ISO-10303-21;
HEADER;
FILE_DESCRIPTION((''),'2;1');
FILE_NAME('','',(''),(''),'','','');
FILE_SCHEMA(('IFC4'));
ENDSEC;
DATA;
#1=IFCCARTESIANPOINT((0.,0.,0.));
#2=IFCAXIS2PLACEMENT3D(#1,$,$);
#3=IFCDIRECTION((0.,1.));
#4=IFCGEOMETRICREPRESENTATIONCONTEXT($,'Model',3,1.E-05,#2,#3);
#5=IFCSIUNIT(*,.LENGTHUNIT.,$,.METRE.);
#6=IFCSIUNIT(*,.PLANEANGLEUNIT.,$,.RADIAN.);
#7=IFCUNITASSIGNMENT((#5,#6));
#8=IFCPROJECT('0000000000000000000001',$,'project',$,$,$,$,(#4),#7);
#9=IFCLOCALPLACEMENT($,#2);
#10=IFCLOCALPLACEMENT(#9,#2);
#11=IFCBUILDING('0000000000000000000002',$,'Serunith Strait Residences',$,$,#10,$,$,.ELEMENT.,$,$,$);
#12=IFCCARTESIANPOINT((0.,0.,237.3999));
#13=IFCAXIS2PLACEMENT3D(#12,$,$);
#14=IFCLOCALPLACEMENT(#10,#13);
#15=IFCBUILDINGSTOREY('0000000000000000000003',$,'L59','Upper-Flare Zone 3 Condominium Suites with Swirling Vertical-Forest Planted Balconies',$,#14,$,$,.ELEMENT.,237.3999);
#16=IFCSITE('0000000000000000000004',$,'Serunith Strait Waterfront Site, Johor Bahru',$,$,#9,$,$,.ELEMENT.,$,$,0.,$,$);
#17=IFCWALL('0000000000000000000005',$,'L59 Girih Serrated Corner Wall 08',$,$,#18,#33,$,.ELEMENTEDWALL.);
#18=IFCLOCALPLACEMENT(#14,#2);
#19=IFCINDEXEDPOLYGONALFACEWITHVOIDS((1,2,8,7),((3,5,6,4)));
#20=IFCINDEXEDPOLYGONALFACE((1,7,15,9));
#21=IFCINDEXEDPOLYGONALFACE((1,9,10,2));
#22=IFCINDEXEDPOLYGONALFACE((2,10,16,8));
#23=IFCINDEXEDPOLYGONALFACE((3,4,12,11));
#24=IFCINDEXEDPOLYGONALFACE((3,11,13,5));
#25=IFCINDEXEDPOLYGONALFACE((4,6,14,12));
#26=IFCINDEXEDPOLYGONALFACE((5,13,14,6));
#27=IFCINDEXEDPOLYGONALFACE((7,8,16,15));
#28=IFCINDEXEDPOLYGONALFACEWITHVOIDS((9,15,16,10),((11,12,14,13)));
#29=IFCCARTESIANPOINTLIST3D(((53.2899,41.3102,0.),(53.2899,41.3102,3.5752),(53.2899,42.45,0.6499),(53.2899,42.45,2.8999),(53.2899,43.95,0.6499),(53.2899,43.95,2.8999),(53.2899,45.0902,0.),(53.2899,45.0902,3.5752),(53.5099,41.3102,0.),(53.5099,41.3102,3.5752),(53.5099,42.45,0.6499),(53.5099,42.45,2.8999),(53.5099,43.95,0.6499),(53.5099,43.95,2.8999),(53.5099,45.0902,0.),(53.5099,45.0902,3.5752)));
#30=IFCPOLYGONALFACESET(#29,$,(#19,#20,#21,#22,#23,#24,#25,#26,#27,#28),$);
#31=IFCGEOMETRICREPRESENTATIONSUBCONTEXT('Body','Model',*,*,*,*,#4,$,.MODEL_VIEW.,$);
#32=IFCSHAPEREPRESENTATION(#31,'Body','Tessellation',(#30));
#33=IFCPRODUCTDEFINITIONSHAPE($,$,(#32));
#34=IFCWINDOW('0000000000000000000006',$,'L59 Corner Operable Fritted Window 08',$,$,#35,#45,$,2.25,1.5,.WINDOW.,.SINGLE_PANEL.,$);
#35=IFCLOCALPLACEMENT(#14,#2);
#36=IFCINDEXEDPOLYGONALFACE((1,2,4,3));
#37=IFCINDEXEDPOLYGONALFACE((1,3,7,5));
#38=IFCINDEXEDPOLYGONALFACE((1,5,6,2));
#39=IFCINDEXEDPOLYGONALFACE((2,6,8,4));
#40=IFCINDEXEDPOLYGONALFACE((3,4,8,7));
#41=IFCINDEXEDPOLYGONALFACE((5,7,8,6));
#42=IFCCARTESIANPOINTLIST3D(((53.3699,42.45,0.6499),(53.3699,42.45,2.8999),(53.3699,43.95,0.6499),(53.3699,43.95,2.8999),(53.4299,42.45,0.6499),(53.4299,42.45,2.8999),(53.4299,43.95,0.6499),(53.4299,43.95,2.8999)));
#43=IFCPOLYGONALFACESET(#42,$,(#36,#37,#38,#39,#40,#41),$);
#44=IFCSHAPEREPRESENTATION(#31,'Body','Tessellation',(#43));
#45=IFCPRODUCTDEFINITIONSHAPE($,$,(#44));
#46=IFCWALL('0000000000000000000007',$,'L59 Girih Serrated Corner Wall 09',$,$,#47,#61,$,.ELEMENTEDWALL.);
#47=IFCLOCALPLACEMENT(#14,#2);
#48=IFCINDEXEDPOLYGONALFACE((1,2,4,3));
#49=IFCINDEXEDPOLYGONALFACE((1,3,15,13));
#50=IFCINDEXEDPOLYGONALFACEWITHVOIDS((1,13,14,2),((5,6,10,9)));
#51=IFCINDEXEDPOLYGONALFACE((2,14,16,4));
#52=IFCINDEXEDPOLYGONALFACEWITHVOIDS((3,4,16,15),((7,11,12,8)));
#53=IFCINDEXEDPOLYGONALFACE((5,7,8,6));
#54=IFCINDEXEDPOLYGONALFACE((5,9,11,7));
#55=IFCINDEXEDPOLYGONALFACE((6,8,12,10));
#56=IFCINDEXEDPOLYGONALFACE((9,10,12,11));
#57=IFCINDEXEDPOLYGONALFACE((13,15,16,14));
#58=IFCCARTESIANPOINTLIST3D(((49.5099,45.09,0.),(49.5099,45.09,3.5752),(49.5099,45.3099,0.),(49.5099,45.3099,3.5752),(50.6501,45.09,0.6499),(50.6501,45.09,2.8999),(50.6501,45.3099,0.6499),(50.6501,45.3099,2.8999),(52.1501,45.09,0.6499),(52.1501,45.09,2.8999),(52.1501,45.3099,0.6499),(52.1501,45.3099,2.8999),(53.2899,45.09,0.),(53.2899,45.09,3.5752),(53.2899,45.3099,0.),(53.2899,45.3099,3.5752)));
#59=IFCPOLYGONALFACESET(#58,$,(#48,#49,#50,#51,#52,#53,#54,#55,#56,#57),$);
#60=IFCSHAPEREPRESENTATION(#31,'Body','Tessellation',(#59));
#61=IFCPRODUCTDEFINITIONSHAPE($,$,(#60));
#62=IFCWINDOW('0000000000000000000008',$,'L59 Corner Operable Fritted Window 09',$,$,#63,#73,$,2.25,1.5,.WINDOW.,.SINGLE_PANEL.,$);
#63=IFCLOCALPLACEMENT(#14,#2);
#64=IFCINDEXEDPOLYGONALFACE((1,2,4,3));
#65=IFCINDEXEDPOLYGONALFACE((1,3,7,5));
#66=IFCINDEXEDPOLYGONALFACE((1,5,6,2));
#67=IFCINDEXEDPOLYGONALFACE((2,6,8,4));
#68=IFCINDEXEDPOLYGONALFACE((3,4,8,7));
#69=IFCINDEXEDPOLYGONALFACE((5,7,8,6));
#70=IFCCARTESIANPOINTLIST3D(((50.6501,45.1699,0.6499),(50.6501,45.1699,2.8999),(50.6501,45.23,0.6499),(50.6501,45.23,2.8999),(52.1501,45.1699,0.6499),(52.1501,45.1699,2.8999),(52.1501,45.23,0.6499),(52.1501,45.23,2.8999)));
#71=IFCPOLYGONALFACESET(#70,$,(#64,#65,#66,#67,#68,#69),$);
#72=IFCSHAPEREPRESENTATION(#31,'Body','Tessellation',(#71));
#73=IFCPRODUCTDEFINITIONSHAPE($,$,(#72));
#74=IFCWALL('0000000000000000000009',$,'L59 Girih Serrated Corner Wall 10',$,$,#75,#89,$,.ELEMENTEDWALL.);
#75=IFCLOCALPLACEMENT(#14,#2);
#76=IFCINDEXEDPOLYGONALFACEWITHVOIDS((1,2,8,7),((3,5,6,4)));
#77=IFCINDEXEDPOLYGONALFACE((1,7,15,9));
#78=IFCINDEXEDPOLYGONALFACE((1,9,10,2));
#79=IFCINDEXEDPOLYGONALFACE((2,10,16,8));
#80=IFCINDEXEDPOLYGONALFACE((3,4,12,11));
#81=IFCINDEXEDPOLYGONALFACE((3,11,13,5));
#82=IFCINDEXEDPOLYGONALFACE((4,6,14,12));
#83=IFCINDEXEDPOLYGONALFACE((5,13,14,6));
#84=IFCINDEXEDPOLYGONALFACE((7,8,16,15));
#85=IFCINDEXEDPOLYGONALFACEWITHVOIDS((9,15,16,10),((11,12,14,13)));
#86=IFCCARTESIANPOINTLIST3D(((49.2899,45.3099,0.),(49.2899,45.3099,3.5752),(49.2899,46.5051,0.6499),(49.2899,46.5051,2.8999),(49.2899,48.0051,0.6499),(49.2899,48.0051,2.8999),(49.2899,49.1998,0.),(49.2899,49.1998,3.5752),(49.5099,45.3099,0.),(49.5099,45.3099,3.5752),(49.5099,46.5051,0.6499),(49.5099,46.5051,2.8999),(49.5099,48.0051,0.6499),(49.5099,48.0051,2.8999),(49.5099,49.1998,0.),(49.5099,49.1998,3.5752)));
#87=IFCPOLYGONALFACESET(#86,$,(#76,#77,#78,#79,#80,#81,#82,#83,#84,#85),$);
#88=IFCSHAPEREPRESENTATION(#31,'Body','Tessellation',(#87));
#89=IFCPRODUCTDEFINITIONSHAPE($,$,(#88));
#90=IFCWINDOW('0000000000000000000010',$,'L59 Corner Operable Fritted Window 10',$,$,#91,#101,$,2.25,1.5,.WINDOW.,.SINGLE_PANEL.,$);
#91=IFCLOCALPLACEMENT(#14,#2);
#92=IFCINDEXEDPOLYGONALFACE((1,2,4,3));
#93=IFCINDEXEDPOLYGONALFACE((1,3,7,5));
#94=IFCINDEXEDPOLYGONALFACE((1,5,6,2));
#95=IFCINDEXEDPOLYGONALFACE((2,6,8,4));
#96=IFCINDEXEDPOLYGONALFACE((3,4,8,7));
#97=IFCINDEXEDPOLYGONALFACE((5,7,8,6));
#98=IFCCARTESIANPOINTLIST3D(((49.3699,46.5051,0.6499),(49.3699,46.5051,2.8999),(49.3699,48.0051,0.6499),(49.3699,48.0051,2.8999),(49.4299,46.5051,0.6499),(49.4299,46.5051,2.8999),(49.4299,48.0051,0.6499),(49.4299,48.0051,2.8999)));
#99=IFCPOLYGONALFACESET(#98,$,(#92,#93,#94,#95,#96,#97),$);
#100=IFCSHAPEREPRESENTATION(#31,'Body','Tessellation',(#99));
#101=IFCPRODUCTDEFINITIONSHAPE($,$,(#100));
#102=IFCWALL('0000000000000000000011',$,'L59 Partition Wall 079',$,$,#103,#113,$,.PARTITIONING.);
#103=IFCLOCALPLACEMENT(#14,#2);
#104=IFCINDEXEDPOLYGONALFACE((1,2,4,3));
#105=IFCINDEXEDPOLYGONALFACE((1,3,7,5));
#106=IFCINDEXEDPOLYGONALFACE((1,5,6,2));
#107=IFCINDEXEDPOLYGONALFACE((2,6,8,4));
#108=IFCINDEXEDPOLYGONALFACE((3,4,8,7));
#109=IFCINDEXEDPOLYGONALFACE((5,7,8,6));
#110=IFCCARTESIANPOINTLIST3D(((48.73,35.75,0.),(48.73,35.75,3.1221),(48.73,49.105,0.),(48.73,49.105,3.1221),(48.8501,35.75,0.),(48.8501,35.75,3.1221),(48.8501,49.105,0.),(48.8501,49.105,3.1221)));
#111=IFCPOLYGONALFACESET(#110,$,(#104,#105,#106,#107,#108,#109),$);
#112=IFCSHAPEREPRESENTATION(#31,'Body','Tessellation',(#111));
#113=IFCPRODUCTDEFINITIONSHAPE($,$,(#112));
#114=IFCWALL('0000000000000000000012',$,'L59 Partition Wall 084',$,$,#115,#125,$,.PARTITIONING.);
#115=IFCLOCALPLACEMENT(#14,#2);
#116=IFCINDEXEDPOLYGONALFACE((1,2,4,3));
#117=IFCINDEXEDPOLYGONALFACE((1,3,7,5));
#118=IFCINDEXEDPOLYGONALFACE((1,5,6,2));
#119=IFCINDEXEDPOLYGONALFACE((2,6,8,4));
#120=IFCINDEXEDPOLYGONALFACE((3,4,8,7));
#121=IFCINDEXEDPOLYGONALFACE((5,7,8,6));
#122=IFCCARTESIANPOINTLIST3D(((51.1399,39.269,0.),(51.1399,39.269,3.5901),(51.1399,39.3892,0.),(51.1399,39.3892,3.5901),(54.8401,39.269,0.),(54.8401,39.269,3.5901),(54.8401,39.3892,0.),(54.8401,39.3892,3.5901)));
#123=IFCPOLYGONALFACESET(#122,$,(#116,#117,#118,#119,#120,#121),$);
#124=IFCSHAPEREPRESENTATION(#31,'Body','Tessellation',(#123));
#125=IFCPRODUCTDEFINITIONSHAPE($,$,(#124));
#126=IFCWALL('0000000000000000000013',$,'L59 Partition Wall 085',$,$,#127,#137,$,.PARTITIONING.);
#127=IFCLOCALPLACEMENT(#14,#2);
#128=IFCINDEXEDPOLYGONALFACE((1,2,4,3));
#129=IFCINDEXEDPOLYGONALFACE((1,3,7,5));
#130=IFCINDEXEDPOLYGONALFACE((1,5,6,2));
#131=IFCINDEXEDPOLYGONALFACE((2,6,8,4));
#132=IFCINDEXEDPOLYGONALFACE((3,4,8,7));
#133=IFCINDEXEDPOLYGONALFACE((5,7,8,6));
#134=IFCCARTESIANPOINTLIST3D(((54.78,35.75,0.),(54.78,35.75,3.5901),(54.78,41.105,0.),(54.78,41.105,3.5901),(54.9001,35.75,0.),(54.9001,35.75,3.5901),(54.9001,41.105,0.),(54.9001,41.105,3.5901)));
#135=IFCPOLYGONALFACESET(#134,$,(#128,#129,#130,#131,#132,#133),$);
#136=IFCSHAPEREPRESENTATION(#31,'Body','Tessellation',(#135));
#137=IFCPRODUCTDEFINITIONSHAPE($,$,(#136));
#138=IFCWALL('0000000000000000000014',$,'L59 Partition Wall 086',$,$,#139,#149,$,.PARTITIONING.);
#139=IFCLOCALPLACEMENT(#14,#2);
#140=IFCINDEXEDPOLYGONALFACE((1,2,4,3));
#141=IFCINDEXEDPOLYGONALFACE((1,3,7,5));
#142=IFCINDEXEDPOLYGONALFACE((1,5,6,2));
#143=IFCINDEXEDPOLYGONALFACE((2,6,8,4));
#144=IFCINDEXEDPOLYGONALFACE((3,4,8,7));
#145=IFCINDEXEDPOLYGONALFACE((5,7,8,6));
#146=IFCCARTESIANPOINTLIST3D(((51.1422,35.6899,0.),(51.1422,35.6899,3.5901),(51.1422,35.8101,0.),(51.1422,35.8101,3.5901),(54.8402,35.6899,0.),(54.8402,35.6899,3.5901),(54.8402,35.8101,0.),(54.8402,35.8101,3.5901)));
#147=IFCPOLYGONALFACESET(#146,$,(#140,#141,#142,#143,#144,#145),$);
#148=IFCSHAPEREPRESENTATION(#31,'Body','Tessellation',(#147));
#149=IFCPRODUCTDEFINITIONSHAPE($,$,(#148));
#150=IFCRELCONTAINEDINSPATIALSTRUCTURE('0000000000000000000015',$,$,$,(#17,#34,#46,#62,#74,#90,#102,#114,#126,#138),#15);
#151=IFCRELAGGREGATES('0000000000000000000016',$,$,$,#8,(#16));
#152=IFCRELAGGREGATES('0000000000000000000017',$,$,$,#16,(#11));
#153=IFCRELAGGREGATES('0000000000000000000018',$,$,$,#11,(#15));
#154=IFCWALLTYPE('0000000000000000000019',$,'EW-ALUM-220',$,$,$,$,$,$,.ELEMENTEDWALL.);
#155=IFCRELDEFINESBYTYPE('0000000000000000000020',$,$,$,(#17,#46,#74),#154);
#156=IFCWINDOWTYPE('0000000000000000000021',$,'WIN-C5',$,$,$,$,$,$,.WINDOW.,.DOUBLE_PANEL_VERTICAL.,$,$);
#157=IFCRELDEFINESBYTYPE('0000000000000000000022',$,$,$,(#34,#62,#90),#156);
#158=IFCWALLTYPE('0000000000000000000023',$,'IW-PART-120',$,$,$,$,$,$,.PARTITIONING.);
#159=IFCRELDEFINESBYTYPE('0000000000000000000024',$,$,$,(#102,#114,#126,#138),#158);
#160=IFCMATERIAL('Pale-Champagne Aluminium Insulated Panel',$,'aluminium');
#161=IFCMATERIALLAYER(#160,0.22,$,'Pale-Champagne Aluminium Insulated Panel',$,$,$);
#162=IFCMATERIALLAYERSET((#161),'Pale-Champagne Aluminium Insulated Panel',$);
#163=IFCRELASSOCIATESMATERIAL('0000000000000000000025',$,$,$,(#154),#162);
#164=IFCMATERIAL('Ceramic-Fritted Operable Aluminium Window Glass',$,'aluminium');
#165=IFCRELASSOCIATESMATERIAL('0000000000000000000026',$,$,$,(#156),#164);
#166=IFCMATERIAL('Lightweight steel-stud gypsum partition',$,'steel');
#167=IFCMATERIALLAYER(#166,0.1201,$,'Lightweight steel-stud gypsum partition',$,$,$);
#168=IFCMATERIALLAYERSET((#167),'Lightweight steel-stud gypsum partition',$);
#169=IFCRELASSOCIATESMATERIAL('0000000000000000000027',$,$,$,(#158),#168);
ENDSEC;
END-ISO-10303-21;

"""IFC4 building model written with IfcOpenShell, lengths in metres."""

from ifc_helpers import new_model, si_unit, direction, frame, frame_2d, origin, place, context, subcontext, project, spatial, rectangle, extrude, source, transform, mapped, material, layer, layer_set, type_object, element, fill, save


model = new_model("IFC4")

# Units and contexts
model_context = context("Model", 3, precision=1e-05, world=origin(), true_north=direction((0.0, 1.0)))
body_context = subcontext(model_context, "Body", "Model", "MODEL_VIEW")
ifc_project = project(units=[si_unit("LENGTHUNIT", "METRE"), si_unit("PLANEANGLEUNIT", "RADIAN")], contexts=[model_context])

# Site, building, storey
site_placement = place(None, origin())
site = spatial("IfcSite", under=ifc_project, at=site_placement, Name="Serunith Strait Waterfront Site, Johor Bahru", CompositionType="ELEMENT", RefElevation=0.0)
building_placement = place(site_placement, origin())
building = spatial("IfcBuilding", under=site, at=building_placement, Name="Serunith Strait Residences", CompositionType="ELEMENT")
storey_placement = place(building_placement, frame((0.0, 0.0, 237.3999)))
storey = spatial("IfcBuildingStorey", under=building, at=storey_placement, Name="L59", Description="Upper-Flare Zone 3 Condominium Suites with Swirling Vertical-Forest Planted Balconies", CompositionType="ELEMENT", Elevation=237.3999)

# Walls, openings, windows
ifc_material_1 = material(Name="Pale-Champagne Aluminium Insulated Panel", Category="aluminium")
ifc_layer_1 = layer(ifc_material_1, 0.22, Name="Pale-Champagne Aluminium Insulated Panel")
ifc_layer_set_1 = layer_set([ifc_layer_1], Name="Pale-Champagne Aluminium Insulated Panel")
wall_type_1 = type_object("IfcWallType", Name="EW-ALUM-220", PredefinedType="ELEMENTEDWALL", material=ifc_layer_set_1)
ifc_material_2 = material(Name="Ceramic-Fritted Operable Aluminium Window Glass", Category="aluminium")
window_type = type_object("IfcWindowType", Name="WIN-C5", PartitioningType="DOUBLE_PANEL_VERTICAL", PredefinedType="WINDOW", material=ifc_material_2)
shared_shape_1 = source(origin(), body_context, "Body", "SweptSolid", [
    extrude(rectangle(XDim=1.5, YDim=2.25, at=frame_2d((0.75, 1.125))), frame((0.0, 0.03, 0.0), z_axis=(0.0, -1.0, 0.0), x_axis=(1.0, 0.0, 0.0)), (0.0, 0.0, 1.0), 0.0601),
])
wall_1_placement = place(storey_placement, frame((53.3999, 41.3101, 0.0), z_axis=(0.0, 0.0, 1.0), x_axis=(0.0, 1.0, 0.0)))
wall_1 = element("IfcWall", 1, at=wall_1_placement, inside=storey, type_object=wall_type_1, Name="L59 Girih Serrated Corner Wall 08", PredefinedType="ELEMENTEDWALL", context=body_context, shape_type="SweptSolid", body=[
    extrude(rectangle(XDim=3.78, YDim=0.22, at=frame_2d((1.8901, 0.0))), origin(), (0.0, 0.0, 1.0), 3.5752),
])
opening_1_placement = place(wall_1_placement, frame((1.1399, 0.0, 0.6499)))
opening_1 = element("IfcOpeningElement", 2, at=opening_1_placement, cuts=wall_1, PredefinedType="OPENING", context=body_context, shape_type="SweptSolid", body=[
    extrude(rectangle(XDim=1.5, YDim=2.25, at=frame_2d((0.75, 1.125))), frame((0.0, 0.1201, 0.0), z_axis=(0.0, -1.0, 0.0), x_axis=(1.0, 0.0, 0.0)), (0.0, 0.0, 1.0), 0.24),
])
window_1_placement = place(opening_1_placement, origin())
window_1 = element("IfcWindow", 3, at=window_1_placement, inside=storey, type_object=window_type, Name="L59 Corner Operable Fritted Window 08", OverallHeight=2.25, OverallWidth=1.5, PartitioningType="SINGLE_PANEL", PredefinedType="WINDOW", context=body_context, shape_type="MappedRepresentation", body=[
    mapped(shared_shape_1, transform((0.0, 0.0, 0.0), scale=1.0)),
])
fill(opening_1, window_1)
wall_2_placement = place(storey_placement, frame((53.29, 45.2, 0.0), z_axis=(0.0, 0.0, 1.0), x_axis=(-1.0, 0.0, 0.0)))
wall_2 = element("IfcWall", 4, at=wall_2_placement, inside=storey, type_object=wall_type_1, Name="L59 Girih Serrated Corner Wall 09", PredefinedType="ELEMENTEDWALL", context=body_context, shape_type="SweptSolid", body=[
    extrude(rectangle(XDim=3.78, YDim=0.22, at=frame_2d((1.8901, 0.0))), origin(), (0.0, 0.0, 1.0), 3.5752),
])
opening_2_placement = place(wall_2_placement, frame((1.1399, 0.0, 0.6499)))
opening_2 = element("IfcOpeningElement", 5, at=opening_2_placement, cuts=wall_2, PredefinedType="OPENING", context=body_context, shape_type="SweptSolid", body=[
    extrude(rectangle(XDim=1.5, YDim=2.25, at=frame_2d((0.75, 1.125))), frame((0.0, 0.1201, 0.0), z_axis=(0.0, -1.0, 0.0), x_axis=(1.0, 0.0, 0.0)), (0.0, 0.0, 1.0), 0.24),
])
window_2_placement = place(opening_2_placement, origin())
window_2 = element("IfcWindow", 6, at=window_2_placement, inside=storey, type_object=window_type, Name="L59 Corner Operable Fritted Window 09", OverallHeight=2.25, OverallWidth=1.5, PartitioningType="SINGLE_PANEL", PredefinedType="WINDOW", context=body_context, shape_type="MappedRepresentation", body=[
    mapped(shared_shape_1, transform((0.0, 0.0, 0.0), scale=1.0)),
])
fill(opening_2, window_2)
wall_3_placement = place(storey_placement, frame((49.3999, 45.3101, 0.0), z_axis=(0.0, 0.0, 1.0), x_axis=(0.0, 1.0, 0.0)))
wall_3 = element("IfcWall", 7, at=wall_3_placement, inside=storey, type_object=wall_type_1, Name="L59 Girih Serrated Corner Wall 10", PredefinedType="ELEMENTEDWALL", context=body_context, shape_type="SweptSolid", body=[
    extrude(rectangle(XDim=3.8899, YDim=0.22, at=frame_2d((1.9448, 0.0))), origin(), (0.0, 0.0, 1.0), 3.5752),
])
opening_3_placement = place(wall_3_placement, frame((1.1951, 0.0, 0.6499)))
opening_3 = element("IfcOpeningElement", 8, at=opening_3_placement, cuts=wall_3, PredefinedType="OPENING", context=body_context, shape_type="SweptSolid", body=[
    extrude(rectangle(XDim=1.5, YDim=2.25, at=frame_2d((0.75, 1.125))), frame((0.0, 0.1201, 0.0), z_axis=(0.0, -1.0, 0.0), x_axis=(1.0, 0.0, 0.0)), (0.0, 0.0, 1.0), 0.24),
])
window_3_placement = place(opening_3_placement, origin())
window_3 = element("IfcWindow", 9, at=window_3_placement, inside=storey, type_object=window_type, Name="L59 Corner Operable Fritted Window 10", OverallHeight=2.25, OverallWidth=1.5, PartitioningType="SINGLE_PANEL", PredefinedType="WINDOW", context=body_context, shape_type="MappedRepresentation", body=[
    mapped(shared_shape_1, transform((0.0, 0.0, 0.0), scale=1.0)),
])
fill(opening_3, window_3)

# Walls
ifc_material_3 = material(Name="Lightweight steel-stud gypsum partition", Category="steel")
ifc_layer_2 = layer(ifc_material_3, 0.1201, Name="Lightweight steel-stud gypsum partition")
ifc_layer_set_2 = layer_set([ifc_layer_2], Name="Lightweight steel-stud gypsum partition")
wall_type_2 = type_object("IfcWallType", Name="IW-PART-120", PredefinedType="PARTITIONING", material=ifc_layer_set_2)
wall_4_placement = place(storey_placement, frame((48.79, 49.105, 0.0), z_axis=(0.0, 0.0, 1.0), x_axis=(0.0, -1.0, 0.0)))
element("IfcWall", 10, at=wall_4_placement, inside=storey, type_object=wall_type_2, Name="L59 Partition Wall 079", PredefinedType="PARTITIONING", context=body_context, shape_type="SweptSolid", body=[
    extrude(rectangle(XDim=13.355, YDim=0.1201, at=frame_2d((6.6775, 0.0))), origin(), (0.0, 0.0, 1.0), 3.1221),
])
wall_5_placement = place(storey_placement, frame((51.1399, 39.3291, 0.0), z_axis=(0.0, 0.0, 1.0), x_axis=(1.0, 0.0, 0.0)))
element("IfcWall", 11, at=wall_5_placement, inside=storey, type_object=wall_type_2, Name="L59 Partition Wall 084", PredefinedType="PARTITIONING", context=body_context, shape_type="SweptSolid", body=[
    extrude(rectangle(XDim=3.7002, YDim=0.1201, at=frame_2d((1.8501, 0.0))), origin(), (0.0, 0.0, 1.0), 3.5901),
])
wall_6_placement = place(storey_placement, frame((54.8401, 41.105, 0.0), z_axis=(0.0, 0.0, 1.0), x_axis=(0.0, -1.0, 0.0)))
element("IfcWall", 12, at=wall_6_placement, inside=storey, type_object=wall_type_2, Name="L59 Partition Wall 085", PredefinedType="PARTITIONING", context=body_context, shape_type="SweptSolid", body=[
    extrude(rectangle(XDim=5.355, YDim=0.1201, at=frame_2d((2.6775, 0.0))), origin(), (0.0, 0.0, 1.0), 3.5901),
])
wall_7_placement = place(storey_placement, frame((51.1421, 35.75, 0.0), z_axis=(0.0, 0.0, 1.0), x_axis=(1.0, 0.0, 0.0)))
element("IfcWall", 13, at=wall_7_placement, inside=storey, type_object=wall_type_2, Name="L59 Partition Wall 086", PredefinedType="PARTITIONING", context=body_context, shape_type="SweptSolid", body=[
    extrude(rectangle(XDim=3.698, YDim=0.1201, at=frame_2d((1.8491, 0.0))), origin(), (0.0, 0.0, 1.0), 3.5901),
])

save(model, "model.ifc")
